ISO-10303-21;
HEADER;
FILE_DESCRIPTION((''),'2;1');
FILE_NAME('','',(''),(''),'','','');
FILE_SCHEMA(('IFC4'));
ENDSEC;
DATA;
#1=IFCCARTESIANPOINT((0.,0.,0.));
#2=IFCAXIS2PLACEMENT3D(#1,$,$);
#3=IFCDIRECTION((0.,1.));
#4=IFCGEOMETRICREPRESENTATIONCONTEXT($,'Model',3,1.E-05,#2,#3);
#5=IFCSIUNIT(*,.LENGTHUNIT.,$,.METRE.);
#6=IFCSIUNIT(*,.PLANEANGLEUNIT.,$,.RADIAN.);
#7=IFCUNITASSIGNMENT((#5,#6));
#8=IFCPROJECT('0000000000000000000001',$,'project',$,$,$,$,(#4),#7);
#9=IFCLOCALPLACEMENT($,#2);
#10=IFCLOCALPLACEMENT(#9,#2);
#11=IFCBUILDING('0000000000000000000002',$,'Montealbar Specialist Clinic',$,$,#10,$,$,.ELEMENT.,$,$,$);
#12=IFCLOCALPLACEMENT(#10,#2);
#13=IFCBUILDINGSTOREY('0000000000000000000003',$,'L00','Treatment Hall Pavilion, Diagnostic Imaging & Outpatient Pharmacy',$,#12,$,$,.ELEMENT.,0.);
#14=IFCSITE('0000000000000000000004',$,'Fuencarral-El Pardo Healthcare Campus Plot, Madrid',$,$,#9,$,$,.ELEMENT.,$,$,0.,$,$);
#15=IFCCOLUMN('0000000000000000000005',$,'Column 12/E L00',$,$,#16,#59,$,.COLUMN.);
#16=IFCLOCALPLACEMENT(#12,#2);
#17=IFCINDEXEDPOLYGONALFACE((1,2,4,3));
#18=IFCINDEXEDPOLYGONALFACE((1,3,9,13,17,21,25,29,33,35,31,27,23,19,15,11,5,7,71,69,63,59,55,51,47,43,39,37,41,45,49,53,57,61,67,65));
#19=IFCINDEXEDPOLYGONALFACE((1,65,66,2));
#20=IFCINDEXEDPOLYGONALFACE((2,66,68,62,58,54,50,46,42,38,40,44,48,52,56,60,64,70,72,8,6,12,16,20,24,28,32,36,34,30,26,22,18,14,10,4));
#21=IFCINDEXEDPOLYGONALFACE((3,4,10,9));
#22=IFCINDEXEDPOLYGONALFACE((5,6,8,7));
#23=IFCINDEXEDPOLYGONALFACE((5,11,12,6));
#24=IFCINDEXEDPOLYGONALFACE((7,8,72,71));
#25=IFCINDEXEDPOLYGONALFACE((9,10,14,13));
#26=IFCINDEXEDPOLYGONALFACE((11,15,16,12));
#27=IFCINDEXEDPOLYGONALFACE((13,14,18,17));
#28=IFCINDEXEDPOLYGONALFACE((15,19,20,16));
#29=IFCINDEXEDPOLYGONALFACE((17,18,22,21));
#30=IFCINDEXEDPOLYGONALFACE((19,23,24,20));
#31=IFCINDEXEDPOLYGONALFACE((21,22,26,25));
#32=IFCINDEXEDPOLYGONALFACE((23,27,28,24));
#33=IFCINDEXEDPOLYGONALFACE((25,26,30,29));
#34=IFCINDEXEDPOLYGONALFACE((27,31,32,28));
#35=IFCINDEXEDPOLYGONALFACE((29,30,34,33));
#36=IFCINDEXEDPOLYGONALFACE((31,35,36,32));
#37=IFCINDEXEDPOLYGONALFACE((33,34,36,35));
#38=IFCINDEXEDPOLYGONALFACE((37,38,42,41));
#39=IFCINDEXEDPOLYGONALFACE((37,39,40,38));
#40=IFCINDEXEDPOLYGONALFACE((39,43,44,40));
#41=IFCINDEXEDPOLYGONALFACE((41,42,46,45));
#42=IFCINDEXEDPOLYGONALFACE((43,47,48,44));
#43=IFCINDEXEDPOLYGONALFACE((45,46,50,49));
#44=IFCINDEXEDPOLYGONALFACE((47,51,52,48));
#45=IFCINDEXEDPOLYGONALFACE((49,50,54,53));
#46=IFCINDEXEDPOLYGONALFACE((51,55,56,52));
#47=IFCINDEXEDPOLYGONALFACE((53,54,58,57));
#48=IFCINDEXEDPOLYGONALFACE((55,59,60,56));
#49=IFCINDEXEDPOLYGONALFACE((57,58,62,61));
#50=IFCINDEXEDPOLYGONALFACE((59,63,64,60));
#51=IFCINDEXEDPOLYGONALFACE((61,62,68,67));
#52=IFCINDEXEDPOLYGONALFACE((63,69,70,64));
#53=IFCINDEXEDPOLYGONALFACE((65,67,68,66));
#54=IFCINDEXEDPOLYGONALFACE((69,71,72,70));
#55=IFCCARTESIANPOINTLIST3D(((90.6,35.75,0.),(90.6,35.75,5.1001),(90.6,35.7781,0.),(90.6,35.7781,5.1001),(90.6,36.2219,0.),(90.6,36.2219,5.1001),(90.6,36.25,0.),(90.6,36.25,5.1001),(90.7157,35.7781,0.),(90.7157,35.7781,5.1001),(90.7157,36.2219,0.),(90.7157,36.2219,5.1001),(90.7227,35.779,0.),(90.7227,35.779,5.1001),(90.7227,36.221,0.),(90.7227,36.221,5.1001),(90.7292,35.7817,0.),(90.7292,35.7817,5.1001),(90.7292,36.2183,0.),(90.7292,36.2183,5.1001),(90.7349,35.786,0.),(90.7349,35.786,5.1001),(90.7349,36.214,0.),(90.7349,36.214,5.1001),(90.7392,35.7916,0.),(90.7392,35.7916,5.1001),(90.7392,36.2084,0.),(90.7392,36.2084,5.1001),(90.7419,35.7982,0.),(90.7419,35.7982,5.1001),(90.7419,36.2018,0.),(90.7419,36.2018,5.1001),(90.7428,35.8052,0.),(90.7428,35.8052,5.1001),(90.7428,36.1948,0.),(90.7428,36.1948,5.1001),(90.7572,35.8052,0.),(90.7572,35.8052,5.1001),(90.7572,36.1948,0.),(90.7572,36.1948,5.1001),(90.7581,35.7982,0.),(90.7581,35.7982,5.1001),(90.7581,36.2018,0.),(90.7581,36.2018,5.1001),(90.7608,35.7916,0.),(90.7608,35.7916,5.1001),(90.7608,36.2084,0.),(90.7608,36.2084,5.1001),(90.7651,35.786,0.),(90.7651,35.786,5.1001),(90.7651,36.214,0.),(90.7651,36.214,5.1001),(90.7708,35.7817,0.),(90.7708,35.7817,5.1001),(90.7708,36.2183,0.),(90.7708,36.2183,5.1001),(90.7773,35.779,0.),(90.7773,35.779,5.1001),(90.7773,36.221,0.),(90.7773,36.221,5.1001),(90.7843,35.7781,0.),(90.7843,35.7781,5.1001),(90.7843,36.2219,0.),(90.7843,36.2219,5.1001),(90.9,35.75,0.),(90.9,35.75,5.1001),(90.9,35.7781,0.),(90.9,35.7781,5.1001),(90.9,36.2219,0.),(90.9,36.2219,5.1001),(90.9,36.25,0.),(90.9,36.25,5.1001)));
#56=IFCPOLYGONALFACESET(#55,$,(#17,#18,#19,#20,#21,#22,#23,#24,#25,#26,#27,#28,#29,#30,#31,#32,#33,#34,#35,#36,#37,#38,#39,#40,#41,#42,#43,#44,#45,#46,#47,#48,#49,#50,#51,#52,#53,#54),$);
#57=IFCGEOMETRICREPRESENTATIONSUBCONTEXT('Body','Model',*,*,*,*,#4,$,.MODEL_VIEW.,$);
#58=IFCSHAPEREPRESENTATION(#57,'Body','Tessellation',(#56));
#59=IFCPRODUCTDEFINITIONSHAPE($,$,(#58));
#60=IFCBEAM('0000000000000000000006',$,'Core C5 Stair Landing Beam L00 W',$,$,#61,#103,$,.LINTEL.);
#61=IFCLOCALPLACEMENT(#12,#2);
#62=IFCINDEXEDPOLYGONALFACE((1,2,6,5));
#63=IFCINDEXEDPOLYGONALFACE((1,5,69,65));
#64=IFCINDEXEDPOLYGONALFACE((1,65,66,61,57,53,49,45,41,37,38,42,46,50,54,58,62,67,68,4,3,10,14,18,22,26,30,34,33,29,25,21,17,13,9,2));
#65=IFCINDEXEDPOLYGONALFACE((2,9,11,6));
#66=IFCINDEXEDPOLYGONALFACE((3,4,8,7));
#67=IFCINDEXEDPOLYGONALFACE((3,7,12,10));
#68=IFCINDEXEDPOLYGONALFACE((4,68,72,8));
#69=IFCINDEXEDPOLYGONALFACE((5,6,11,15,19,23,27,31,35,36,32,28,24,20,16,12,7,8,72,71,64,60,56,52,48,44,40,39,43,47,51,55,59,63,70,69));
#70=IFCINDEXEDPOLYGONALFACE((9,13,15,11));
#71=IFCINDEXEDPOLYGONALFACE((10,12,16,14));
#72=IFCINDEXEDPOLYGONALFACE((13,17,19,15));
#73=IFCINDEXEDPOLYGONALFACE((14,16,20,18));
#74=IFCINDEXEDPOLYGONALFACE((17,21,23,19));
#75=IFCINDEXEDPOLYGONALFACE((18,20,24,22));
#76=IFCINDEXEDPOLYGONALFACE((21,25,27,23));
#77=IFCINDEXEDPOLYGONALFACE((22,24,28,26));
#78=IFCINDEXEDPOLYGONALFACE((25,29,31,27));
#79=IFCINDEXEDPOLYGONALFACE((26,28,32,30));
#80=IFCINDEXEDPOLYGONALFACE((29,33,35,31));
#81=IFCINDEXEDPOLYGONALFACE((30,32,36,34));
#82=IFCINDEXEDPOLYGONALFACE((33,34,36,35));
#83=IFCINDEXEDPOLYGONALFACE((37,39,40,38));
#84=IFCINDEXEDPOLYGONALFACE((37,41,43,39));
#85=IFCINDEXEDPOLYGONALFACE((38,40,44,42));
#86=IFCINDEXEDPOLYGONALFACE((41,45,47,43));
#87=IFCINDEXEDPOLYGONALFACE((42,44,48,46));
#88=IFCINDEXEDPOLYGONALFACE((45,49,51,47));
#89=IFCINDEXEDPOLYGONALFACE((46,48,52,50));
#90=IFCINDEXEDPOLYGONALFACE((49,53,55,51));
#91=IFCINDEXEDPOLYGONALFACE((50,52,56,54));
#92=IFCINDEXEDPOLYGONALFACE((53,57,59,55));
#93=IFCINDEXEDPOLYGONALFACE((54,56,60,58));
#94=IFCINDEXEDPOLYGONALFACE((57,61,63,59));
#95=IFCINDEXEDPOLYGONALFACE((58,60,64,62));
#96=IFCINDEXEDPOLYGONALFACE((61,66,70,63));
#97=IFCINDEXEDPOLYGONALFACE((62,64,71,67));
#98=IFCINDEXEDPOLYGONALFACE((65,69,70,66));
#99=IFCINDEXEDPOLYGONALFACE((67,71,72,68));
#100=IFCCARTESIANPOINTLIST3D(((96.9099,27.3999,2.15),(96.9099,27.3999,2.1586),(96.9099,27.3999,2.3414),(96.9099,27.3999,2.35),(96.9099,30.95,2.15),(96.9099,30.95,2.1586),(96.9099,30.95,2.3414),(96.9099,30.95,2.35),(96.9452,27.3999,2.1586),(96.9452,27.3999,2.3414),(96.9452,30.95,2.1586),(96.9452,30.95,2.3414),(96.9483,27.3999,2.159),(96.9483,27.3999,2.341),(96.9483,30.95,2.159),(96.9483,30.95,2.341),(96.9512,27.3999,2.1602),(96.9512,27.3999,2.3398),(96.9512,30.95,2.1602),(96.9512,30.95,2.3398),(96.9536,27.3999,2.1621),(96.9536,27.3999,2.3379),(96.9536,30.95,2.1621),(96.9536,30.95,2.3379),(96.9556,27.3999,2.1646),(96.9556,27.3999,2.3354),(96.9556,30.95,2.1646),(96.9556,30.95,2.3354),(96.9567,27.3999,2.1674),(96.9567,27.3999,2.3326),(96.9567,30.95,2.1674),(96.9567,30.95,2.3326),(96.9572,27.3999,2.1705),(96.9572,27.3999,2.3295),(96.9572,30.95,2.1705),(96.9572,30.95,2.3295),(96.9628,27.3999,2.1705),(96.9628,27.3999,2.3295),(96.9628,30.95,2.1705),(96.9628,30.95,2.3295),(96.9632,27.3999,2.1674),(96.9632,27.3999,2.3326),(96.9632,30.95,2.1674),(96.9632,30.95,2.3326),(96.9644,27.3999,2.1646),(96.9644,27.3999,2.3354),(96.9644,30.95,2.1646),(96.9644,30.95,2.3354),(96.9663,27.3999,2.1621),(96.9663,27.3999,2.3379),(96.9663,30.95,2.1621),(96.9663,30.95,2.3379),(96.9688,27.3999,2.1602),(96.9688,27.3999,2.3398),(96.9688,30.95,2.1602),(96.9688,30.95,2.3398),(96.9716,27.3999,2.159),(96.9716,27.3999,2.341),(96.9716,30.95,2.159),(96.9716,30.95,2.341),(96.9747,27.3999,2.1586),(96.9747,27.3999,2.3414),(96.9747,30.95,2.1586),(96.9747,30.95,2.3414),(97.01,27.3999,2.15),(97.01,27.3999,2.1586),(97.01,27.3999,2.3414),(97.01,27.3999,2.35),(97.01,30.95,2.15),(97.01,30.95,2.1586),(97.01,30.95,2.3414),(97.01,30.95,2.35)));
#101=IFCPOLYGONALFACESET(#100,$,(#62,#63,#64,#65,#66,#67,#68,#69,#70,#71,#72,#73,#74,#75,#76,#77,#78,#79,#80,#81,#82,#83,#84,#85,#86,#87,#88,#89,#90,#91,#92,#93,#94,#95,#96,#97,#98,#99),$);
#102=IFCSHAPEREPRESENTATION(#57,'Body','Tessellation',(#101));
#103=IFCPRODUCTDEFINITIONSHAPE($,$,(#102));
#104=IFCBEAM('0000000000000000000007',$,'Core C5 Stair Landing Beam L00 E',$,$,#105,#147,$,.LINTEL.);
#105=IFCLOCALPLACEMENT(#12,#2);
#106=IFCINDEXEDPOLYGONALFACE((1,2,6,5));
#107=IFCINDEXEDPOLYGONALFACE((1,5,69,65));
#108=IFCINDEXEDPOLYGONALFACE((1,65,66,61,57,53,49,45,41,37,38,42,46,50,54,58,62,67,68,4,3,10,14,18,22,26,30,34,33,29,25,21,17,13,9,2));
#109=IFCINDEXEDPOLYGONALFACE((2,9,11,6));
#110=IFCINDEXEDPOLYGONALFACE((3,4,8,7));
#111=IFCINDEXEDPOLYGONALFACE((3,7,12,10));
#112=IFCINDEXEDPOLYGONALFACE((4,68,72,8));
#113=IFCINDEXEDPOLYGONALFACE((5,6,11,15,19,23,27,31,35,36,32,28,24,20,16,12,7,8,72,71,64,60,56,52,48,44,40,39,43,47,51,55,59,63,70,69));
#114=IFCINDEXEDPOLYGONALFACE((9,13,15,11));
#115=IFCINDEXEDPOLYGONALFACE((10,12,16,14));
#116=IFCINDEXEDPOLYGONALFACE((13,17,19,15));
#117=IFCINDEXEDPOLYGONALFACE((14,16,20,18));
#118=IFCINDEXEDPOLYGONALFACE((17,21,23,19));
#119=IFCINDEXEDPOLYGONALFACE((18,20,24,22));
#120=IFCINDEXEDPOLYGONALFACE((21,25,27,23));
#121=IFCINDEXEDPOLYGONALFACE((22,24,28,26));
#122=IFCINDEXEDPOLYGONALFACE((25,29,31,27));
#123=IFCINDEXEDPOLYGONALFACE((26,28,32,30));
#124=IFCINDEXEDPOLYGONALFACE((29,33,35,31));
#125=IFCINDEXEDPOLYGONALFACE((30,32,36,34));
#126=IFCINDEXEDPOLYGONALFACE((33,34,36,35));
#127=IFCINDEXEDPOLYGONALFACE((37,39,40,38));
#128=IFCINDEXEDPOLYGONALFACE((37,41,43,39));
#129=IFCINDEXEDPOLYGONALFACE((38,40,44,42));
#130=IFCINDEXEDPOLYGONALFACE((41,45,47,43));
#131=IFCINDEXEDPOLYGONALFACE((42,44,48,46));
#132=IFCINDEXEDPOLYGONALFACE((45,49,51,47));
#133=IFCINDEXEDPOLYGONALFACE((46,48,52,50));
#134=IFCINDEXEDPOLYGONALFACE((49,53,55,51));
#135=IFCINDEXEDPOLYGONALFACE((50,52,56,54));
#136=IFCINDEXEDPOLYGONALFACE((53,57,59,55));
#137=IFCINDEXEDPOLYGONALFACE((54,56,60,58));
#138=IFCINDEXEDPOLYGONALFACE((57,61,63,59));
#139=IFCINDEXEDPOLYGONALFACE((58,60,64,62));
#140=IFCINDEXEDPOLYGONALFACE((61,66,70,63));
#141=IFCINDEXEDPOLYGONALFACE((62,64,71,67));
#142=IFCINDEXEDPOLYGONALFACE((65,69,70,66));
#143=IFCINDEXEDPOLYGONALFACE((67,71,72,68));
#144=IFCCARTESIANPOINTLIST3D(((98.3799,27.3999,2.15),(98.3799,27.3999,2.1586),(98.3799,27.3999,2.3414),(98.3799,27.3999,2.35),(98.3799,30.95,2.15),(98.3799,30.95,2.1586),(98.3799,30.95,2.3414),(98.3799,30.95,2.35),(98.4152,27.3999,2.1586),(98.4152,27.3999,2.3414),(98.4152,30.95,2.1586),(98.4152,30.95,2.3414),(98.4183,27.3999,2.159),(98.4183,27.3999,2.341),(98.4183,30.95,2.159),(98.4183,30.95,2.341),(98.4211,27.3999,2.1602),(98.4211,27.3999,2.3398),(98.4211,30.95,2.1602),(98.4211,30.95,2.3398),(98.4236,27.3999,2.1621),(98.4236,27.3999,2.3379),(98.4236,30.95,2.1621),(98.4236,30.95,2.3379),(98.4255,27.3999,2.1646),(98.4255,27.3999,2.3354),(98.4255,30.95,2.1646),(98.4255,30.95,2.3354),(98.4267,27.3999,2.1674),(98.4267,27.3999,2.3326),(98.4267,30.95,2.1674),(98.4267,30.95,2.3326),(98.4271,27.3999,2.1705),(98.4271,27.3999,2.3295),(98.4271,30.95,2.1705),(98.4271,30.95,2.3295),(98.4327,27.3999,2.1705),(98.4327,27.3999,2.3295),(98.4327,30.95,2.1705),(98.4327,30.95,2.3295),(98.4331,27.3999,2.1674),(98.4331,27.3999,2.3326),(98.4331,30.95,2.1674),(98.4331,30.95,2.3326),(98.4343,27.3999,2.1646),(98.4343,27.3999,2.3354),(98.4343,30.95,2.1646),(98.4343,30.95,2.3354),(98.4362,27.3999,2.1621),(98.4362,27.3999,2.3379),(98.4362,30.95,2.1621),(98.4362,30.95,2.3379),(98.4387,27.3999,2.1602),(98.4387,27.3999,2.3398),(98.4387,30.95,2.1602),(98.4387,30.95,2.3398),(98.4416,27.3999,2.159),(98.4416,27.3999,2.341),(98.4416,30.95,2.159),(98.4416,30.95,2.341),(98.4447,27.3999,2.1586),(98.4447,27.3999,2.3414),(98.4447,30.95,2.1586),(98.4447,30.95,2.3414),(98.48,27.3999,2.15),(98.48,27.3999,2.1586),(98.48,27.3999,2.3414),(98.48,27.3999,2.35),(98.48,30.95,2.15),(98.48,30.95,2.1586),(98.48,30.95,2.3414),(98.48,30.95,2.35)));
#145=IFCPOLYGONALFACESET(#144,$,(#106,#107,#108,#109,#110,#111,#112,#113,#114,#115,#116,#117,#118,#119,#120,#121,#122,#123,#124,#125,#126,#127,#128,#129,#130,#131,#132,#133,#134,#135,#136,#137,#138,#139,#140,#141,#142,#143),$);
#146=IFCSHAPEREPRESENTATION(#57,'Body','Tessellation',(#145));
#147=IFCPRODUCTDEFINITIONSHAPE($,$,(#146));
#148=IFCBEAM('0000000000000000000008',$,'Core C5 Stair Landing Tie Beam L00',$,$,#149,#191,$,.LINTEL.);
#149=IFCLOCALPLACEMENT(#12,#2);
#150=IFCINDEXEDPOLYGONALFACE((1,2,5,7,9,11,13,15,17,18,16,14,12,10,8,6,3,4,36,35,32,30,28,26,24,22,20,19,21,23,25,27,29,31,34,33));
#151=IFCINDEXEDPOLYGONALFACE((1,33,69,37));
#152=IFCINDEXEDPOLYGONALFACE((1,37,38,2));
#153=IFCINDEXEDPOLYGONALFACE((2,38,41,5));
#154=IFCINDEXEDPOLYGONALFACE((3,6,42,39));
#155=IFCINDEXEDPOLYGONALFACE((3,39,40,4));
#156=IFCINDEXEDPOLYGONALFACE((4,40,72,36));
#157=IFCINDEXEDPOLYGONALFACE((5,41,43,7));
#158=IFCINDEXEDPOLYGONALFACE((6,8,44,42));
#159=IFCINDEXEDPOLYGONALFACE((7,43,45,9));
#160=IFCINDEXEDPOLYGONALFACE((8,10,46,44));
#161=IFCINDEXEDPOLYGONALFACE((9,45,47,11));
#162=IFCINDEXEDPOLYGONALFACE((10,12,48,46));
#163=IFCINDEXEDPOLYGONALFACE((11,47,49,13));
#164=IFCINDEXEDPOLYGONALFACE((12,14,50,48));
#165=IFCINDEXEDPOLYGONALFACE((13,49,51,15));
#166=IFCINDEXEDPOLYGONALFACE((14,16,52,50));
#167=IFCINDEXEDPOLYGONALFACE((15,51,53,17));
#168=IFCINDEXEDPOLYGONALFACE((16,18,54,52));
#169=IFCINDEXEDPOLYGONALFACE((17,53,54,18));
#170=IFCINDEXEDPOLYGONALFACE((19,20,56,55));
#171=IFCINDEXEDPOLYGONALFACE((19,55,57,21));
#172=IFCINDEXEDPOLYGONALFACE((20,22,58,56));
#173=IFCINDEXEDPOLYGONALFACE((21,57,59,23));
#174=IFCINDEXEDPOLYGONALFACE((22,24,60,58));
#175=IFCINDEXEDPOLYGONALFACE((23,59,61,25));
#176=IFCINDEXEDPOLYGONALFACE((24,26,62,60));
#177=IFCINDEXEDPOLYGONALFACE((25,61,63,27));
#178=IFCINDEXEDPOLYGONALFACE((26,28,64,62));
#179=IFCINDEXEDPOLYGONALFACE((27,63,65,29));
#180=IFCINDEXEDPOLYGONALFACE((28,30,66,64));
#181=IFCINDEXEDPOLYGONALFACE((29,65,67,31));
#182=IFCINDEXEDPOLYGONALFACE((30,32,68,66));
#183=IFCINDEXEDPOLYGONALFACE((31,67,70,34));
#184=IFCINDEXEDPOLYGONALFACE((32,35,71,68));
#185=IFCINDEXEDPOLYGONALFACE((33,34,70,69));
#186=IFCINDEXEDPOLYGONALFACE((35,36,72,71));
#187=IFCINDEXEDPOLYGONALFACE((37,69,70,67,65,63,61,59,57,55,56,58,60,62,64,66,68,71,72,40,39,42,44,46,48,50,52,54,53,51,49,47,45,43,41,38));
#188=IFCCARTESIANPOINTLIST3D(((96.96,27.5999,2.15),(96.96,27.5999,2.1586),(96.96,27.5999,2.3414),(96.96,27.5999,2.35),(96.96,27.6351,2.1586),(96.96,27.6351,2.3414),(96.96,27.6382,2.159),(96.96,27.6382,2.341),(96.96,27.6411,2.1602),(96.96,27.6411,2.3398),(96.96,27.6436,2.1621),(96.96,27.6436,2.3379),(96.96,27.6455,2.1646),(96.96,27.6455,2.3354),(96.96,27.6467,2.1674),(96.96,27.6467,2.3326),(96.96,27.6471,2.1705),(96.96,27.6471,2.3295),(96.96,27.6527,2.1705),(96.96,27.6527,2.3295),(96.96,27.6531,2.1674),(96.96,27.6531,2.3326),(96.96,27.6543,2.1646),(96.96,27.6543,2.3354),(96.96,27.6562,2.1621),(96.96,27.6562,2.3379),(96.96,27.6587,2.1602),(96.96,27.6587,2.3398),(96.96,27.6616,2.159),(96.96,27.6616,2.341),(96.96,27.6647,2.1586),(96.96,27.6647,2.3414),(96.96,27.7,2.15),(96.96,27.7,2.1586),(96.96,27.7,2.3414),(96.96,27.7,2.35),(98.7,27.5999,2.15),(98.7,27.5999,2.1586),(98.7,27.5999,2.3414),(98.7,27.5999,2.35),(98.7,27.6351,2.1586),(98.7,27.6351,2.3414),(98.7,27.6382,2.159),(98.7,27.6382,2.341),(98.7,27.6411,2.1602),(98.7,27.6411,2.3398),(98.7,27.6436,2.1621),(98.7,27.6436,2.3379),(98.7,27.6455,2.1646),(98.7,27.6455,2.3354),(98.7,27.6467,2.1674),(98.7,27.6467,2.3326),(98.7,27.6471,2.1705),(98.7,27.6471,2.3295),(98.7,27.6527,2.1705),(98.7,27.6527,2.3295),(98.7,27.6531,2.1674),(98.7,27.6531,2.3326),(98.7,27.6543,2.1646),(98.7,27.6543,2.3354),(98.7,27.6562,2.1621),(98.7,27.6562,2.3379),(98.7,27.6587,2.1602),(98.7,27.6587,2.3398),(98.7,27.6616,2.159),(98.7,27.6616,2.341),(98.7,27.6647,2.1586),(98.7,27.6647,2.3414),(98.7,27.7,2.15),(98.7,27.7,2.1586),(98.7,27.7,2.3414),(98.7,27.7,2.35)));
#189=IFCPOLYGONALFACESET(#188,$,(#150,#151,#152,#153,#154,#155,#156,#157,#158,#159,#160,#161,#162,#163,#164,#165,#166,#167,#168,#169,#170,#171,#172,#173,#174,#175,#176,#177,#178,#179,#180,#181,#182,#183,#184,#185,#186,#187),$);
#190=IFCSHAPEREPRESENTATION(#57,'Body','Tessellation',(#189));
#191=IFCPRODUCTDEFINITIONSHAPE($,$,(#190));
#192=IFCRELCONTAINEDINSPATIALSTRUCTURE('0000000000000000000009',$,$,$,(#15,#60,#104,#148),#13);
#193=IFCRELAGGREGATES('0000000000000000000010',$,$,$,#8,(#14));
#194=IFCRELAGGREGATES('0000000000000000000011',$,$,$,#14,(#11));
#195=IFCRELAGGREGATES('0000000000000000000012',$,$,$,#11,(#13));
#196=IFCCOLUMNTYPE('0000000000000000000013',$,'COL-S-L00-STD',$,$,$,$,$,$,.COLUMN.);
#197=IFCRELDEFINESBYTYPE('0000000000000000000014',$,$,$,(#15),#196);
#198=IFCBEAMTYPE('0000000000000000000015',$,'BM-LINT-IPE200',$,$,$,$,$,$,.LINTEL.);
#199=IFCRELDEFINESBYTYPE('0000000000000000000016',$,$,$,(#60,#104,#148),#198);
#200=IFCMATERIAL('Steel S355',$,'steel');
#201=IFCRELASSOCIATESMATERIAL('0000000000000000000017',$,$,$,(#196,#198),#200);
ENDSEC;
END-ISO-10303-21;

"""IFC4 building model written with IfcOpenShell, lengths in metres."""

from ifc_helpers import new_model, si_unit, direction, frame, origin, origin_2d, place, context, subcontext, project, spatial, i_section, extrude, material, material_profile, profile_set, type_object, element, save


model = new_model("IFC4")

# Units and contexts
model_context = context("Model", 3, precision=1e-05, world=origin(), true_north=direction((0.0, 1.0)))
body_context = subcontext(model_context, "Body", "Model", "MODEL_VIEW")
ifc_project = project(units=[si_unit("LENGTHUNIT", "METRE"), si_unit("PLANEANGLEUNIT", "RADIAN")], contexts=[model_context])

# Site, building, storey
site_placement = place(None, origin())
site = spatial("IfcSite", under=ifc_project, at=site_placement, Name="Fuencarral-El Pardo Healthcare Campus Plot, Madrid", CompositionType="ELEMENT", RefElevation=0.0)
building_placement = place(site_placement, origin())
building = spatial("IfcBuilding", under=site, at=building_placement, Name="Montealbar Specialist Clinic", CompositionType="ELEMENT")
storey_placement = place(building_placement, origin())
storey = spatial("IfcBuildingStorey", under=building, at=storey_placement, Name="L00", Description="Treatment Hall Pavilion, Diagnostic Imaging & Outpatient Pharmacy", CompositionType="ELEMENT", Elevation=0.0)

# Column
ifc_material_1 = material(Name="Steel S355", Category="steel")
ifc_material_profile_1 = material_profile(ifc_material_1, i_section(OverallWidth=0.3, OverallDepth=0.5, WebThickness=0.0144, FlangeThickness=0.0281, FilletRadius=0.0271, at=origin_2d()), Name="HEB 500", Category="steel")
ifc_profile_set_1 = profile_set([ifc_material_profile_1], Name="Steel S355")
column_type = type_object("IfcColumnType", Name="COL-S-L00-STD", PredefinedType="COLUMN", material=ifc_profile_set_1)
column_placement = place(storey_placement, frame((90.75, 36.0, 0.0), z_axis=(0.0, 0.0, 1.0), x_axis=(1.0, 0.0, 0.0)))
element("IfcColumn", 1, at=column_placement, inside=storey, type_object=column_type, Name="Column 12/E L00", PredefinedType="COLUMN", context=body_context, shape_type="SweptSolid", body=[
    extrude(i_section(OverallWidth=0.3, OverallDepth=0.5, WebThickness=0.0144, FlangeThickness=0.0281, FilletRadius=0.0271, at=origin_2d()), origin(), (0.0, 0.0, 1.0), 5.1001),
])

# Beams
ifc_material_profile_2 = material_profile(ifc_material_1, i_section(OverallWidth=0.1001, OverallDepth=0.2, WebThickness=0.0056, FlangeThickness=0.0085, FilletRadius=0.012, at=origin_2d()), Name="IPE 200", Category="steel")
ifc_profile_set_2 = profile_set([ifc_material_profile_2], Name="Steel S355")
beam_type = type_object("IfcBeamType", Name="BM-LINT-IPE200", PredefinedType="LINTEL", material=ifc_profile_set_2)
for number, where, z_axis, x_axis, name in (
    (2, (96.96, 27.3999, 2.25), (0.0, 1.0, 0.0), (-1.0, 0.0, 0.0), "Core C5 Stair Landing Beam L00 W"),
    (3, (98.4299, 27.3999, 2.25), (0.0, 1.0, 0.0), (-1.0, 0.0, 0.0), "Core C5 Stair Landing Beam L00 E"),
):
    element("IfcBeam", number, at=place(storey_placement, frame(where, z_axis=z_axis, x_axis=x_axis)), inside=storey, type_object=beam_type, Name=name, PredefinedType="LINTEL", context=body_context, shape_type="SweptSolid", body=[
        extrude(i_section(OverallWidth=0.1001, OverallDepth=0.2, WebThickness=0.0056, FlangeThickness=0.0085, FilletRadius=0.012, at=origin_2d()), origin(), (0.0, 0.0, 1.0), 3.55),
    ])
beam_placement = place(storey_placement, frame((96.96, 27.6499, 2.25), z_axis=(1.0, 0.0, 0.0), x_axis=(0.0, 1.0, 0.0)))
element("IfcBeam", 4, at=beam_placement, inside=storey, type_object=beam_type, Name="Core C5 Stair Landing Tie Beam L00", PredefinedType="LINTEL", context=body_context, shape_type="SweptSolid", body=[
    extrude(i_section(OverallWidth=0.1001, OverallDepth=0.2, WebThickness=0.0056, FlangeThickness=0.0085, FilletRadius=0.012, at=origin_2d()), origin(), (0.0, 0.0, 1.0), 1.74),
])

save(model, "model.ifc")
